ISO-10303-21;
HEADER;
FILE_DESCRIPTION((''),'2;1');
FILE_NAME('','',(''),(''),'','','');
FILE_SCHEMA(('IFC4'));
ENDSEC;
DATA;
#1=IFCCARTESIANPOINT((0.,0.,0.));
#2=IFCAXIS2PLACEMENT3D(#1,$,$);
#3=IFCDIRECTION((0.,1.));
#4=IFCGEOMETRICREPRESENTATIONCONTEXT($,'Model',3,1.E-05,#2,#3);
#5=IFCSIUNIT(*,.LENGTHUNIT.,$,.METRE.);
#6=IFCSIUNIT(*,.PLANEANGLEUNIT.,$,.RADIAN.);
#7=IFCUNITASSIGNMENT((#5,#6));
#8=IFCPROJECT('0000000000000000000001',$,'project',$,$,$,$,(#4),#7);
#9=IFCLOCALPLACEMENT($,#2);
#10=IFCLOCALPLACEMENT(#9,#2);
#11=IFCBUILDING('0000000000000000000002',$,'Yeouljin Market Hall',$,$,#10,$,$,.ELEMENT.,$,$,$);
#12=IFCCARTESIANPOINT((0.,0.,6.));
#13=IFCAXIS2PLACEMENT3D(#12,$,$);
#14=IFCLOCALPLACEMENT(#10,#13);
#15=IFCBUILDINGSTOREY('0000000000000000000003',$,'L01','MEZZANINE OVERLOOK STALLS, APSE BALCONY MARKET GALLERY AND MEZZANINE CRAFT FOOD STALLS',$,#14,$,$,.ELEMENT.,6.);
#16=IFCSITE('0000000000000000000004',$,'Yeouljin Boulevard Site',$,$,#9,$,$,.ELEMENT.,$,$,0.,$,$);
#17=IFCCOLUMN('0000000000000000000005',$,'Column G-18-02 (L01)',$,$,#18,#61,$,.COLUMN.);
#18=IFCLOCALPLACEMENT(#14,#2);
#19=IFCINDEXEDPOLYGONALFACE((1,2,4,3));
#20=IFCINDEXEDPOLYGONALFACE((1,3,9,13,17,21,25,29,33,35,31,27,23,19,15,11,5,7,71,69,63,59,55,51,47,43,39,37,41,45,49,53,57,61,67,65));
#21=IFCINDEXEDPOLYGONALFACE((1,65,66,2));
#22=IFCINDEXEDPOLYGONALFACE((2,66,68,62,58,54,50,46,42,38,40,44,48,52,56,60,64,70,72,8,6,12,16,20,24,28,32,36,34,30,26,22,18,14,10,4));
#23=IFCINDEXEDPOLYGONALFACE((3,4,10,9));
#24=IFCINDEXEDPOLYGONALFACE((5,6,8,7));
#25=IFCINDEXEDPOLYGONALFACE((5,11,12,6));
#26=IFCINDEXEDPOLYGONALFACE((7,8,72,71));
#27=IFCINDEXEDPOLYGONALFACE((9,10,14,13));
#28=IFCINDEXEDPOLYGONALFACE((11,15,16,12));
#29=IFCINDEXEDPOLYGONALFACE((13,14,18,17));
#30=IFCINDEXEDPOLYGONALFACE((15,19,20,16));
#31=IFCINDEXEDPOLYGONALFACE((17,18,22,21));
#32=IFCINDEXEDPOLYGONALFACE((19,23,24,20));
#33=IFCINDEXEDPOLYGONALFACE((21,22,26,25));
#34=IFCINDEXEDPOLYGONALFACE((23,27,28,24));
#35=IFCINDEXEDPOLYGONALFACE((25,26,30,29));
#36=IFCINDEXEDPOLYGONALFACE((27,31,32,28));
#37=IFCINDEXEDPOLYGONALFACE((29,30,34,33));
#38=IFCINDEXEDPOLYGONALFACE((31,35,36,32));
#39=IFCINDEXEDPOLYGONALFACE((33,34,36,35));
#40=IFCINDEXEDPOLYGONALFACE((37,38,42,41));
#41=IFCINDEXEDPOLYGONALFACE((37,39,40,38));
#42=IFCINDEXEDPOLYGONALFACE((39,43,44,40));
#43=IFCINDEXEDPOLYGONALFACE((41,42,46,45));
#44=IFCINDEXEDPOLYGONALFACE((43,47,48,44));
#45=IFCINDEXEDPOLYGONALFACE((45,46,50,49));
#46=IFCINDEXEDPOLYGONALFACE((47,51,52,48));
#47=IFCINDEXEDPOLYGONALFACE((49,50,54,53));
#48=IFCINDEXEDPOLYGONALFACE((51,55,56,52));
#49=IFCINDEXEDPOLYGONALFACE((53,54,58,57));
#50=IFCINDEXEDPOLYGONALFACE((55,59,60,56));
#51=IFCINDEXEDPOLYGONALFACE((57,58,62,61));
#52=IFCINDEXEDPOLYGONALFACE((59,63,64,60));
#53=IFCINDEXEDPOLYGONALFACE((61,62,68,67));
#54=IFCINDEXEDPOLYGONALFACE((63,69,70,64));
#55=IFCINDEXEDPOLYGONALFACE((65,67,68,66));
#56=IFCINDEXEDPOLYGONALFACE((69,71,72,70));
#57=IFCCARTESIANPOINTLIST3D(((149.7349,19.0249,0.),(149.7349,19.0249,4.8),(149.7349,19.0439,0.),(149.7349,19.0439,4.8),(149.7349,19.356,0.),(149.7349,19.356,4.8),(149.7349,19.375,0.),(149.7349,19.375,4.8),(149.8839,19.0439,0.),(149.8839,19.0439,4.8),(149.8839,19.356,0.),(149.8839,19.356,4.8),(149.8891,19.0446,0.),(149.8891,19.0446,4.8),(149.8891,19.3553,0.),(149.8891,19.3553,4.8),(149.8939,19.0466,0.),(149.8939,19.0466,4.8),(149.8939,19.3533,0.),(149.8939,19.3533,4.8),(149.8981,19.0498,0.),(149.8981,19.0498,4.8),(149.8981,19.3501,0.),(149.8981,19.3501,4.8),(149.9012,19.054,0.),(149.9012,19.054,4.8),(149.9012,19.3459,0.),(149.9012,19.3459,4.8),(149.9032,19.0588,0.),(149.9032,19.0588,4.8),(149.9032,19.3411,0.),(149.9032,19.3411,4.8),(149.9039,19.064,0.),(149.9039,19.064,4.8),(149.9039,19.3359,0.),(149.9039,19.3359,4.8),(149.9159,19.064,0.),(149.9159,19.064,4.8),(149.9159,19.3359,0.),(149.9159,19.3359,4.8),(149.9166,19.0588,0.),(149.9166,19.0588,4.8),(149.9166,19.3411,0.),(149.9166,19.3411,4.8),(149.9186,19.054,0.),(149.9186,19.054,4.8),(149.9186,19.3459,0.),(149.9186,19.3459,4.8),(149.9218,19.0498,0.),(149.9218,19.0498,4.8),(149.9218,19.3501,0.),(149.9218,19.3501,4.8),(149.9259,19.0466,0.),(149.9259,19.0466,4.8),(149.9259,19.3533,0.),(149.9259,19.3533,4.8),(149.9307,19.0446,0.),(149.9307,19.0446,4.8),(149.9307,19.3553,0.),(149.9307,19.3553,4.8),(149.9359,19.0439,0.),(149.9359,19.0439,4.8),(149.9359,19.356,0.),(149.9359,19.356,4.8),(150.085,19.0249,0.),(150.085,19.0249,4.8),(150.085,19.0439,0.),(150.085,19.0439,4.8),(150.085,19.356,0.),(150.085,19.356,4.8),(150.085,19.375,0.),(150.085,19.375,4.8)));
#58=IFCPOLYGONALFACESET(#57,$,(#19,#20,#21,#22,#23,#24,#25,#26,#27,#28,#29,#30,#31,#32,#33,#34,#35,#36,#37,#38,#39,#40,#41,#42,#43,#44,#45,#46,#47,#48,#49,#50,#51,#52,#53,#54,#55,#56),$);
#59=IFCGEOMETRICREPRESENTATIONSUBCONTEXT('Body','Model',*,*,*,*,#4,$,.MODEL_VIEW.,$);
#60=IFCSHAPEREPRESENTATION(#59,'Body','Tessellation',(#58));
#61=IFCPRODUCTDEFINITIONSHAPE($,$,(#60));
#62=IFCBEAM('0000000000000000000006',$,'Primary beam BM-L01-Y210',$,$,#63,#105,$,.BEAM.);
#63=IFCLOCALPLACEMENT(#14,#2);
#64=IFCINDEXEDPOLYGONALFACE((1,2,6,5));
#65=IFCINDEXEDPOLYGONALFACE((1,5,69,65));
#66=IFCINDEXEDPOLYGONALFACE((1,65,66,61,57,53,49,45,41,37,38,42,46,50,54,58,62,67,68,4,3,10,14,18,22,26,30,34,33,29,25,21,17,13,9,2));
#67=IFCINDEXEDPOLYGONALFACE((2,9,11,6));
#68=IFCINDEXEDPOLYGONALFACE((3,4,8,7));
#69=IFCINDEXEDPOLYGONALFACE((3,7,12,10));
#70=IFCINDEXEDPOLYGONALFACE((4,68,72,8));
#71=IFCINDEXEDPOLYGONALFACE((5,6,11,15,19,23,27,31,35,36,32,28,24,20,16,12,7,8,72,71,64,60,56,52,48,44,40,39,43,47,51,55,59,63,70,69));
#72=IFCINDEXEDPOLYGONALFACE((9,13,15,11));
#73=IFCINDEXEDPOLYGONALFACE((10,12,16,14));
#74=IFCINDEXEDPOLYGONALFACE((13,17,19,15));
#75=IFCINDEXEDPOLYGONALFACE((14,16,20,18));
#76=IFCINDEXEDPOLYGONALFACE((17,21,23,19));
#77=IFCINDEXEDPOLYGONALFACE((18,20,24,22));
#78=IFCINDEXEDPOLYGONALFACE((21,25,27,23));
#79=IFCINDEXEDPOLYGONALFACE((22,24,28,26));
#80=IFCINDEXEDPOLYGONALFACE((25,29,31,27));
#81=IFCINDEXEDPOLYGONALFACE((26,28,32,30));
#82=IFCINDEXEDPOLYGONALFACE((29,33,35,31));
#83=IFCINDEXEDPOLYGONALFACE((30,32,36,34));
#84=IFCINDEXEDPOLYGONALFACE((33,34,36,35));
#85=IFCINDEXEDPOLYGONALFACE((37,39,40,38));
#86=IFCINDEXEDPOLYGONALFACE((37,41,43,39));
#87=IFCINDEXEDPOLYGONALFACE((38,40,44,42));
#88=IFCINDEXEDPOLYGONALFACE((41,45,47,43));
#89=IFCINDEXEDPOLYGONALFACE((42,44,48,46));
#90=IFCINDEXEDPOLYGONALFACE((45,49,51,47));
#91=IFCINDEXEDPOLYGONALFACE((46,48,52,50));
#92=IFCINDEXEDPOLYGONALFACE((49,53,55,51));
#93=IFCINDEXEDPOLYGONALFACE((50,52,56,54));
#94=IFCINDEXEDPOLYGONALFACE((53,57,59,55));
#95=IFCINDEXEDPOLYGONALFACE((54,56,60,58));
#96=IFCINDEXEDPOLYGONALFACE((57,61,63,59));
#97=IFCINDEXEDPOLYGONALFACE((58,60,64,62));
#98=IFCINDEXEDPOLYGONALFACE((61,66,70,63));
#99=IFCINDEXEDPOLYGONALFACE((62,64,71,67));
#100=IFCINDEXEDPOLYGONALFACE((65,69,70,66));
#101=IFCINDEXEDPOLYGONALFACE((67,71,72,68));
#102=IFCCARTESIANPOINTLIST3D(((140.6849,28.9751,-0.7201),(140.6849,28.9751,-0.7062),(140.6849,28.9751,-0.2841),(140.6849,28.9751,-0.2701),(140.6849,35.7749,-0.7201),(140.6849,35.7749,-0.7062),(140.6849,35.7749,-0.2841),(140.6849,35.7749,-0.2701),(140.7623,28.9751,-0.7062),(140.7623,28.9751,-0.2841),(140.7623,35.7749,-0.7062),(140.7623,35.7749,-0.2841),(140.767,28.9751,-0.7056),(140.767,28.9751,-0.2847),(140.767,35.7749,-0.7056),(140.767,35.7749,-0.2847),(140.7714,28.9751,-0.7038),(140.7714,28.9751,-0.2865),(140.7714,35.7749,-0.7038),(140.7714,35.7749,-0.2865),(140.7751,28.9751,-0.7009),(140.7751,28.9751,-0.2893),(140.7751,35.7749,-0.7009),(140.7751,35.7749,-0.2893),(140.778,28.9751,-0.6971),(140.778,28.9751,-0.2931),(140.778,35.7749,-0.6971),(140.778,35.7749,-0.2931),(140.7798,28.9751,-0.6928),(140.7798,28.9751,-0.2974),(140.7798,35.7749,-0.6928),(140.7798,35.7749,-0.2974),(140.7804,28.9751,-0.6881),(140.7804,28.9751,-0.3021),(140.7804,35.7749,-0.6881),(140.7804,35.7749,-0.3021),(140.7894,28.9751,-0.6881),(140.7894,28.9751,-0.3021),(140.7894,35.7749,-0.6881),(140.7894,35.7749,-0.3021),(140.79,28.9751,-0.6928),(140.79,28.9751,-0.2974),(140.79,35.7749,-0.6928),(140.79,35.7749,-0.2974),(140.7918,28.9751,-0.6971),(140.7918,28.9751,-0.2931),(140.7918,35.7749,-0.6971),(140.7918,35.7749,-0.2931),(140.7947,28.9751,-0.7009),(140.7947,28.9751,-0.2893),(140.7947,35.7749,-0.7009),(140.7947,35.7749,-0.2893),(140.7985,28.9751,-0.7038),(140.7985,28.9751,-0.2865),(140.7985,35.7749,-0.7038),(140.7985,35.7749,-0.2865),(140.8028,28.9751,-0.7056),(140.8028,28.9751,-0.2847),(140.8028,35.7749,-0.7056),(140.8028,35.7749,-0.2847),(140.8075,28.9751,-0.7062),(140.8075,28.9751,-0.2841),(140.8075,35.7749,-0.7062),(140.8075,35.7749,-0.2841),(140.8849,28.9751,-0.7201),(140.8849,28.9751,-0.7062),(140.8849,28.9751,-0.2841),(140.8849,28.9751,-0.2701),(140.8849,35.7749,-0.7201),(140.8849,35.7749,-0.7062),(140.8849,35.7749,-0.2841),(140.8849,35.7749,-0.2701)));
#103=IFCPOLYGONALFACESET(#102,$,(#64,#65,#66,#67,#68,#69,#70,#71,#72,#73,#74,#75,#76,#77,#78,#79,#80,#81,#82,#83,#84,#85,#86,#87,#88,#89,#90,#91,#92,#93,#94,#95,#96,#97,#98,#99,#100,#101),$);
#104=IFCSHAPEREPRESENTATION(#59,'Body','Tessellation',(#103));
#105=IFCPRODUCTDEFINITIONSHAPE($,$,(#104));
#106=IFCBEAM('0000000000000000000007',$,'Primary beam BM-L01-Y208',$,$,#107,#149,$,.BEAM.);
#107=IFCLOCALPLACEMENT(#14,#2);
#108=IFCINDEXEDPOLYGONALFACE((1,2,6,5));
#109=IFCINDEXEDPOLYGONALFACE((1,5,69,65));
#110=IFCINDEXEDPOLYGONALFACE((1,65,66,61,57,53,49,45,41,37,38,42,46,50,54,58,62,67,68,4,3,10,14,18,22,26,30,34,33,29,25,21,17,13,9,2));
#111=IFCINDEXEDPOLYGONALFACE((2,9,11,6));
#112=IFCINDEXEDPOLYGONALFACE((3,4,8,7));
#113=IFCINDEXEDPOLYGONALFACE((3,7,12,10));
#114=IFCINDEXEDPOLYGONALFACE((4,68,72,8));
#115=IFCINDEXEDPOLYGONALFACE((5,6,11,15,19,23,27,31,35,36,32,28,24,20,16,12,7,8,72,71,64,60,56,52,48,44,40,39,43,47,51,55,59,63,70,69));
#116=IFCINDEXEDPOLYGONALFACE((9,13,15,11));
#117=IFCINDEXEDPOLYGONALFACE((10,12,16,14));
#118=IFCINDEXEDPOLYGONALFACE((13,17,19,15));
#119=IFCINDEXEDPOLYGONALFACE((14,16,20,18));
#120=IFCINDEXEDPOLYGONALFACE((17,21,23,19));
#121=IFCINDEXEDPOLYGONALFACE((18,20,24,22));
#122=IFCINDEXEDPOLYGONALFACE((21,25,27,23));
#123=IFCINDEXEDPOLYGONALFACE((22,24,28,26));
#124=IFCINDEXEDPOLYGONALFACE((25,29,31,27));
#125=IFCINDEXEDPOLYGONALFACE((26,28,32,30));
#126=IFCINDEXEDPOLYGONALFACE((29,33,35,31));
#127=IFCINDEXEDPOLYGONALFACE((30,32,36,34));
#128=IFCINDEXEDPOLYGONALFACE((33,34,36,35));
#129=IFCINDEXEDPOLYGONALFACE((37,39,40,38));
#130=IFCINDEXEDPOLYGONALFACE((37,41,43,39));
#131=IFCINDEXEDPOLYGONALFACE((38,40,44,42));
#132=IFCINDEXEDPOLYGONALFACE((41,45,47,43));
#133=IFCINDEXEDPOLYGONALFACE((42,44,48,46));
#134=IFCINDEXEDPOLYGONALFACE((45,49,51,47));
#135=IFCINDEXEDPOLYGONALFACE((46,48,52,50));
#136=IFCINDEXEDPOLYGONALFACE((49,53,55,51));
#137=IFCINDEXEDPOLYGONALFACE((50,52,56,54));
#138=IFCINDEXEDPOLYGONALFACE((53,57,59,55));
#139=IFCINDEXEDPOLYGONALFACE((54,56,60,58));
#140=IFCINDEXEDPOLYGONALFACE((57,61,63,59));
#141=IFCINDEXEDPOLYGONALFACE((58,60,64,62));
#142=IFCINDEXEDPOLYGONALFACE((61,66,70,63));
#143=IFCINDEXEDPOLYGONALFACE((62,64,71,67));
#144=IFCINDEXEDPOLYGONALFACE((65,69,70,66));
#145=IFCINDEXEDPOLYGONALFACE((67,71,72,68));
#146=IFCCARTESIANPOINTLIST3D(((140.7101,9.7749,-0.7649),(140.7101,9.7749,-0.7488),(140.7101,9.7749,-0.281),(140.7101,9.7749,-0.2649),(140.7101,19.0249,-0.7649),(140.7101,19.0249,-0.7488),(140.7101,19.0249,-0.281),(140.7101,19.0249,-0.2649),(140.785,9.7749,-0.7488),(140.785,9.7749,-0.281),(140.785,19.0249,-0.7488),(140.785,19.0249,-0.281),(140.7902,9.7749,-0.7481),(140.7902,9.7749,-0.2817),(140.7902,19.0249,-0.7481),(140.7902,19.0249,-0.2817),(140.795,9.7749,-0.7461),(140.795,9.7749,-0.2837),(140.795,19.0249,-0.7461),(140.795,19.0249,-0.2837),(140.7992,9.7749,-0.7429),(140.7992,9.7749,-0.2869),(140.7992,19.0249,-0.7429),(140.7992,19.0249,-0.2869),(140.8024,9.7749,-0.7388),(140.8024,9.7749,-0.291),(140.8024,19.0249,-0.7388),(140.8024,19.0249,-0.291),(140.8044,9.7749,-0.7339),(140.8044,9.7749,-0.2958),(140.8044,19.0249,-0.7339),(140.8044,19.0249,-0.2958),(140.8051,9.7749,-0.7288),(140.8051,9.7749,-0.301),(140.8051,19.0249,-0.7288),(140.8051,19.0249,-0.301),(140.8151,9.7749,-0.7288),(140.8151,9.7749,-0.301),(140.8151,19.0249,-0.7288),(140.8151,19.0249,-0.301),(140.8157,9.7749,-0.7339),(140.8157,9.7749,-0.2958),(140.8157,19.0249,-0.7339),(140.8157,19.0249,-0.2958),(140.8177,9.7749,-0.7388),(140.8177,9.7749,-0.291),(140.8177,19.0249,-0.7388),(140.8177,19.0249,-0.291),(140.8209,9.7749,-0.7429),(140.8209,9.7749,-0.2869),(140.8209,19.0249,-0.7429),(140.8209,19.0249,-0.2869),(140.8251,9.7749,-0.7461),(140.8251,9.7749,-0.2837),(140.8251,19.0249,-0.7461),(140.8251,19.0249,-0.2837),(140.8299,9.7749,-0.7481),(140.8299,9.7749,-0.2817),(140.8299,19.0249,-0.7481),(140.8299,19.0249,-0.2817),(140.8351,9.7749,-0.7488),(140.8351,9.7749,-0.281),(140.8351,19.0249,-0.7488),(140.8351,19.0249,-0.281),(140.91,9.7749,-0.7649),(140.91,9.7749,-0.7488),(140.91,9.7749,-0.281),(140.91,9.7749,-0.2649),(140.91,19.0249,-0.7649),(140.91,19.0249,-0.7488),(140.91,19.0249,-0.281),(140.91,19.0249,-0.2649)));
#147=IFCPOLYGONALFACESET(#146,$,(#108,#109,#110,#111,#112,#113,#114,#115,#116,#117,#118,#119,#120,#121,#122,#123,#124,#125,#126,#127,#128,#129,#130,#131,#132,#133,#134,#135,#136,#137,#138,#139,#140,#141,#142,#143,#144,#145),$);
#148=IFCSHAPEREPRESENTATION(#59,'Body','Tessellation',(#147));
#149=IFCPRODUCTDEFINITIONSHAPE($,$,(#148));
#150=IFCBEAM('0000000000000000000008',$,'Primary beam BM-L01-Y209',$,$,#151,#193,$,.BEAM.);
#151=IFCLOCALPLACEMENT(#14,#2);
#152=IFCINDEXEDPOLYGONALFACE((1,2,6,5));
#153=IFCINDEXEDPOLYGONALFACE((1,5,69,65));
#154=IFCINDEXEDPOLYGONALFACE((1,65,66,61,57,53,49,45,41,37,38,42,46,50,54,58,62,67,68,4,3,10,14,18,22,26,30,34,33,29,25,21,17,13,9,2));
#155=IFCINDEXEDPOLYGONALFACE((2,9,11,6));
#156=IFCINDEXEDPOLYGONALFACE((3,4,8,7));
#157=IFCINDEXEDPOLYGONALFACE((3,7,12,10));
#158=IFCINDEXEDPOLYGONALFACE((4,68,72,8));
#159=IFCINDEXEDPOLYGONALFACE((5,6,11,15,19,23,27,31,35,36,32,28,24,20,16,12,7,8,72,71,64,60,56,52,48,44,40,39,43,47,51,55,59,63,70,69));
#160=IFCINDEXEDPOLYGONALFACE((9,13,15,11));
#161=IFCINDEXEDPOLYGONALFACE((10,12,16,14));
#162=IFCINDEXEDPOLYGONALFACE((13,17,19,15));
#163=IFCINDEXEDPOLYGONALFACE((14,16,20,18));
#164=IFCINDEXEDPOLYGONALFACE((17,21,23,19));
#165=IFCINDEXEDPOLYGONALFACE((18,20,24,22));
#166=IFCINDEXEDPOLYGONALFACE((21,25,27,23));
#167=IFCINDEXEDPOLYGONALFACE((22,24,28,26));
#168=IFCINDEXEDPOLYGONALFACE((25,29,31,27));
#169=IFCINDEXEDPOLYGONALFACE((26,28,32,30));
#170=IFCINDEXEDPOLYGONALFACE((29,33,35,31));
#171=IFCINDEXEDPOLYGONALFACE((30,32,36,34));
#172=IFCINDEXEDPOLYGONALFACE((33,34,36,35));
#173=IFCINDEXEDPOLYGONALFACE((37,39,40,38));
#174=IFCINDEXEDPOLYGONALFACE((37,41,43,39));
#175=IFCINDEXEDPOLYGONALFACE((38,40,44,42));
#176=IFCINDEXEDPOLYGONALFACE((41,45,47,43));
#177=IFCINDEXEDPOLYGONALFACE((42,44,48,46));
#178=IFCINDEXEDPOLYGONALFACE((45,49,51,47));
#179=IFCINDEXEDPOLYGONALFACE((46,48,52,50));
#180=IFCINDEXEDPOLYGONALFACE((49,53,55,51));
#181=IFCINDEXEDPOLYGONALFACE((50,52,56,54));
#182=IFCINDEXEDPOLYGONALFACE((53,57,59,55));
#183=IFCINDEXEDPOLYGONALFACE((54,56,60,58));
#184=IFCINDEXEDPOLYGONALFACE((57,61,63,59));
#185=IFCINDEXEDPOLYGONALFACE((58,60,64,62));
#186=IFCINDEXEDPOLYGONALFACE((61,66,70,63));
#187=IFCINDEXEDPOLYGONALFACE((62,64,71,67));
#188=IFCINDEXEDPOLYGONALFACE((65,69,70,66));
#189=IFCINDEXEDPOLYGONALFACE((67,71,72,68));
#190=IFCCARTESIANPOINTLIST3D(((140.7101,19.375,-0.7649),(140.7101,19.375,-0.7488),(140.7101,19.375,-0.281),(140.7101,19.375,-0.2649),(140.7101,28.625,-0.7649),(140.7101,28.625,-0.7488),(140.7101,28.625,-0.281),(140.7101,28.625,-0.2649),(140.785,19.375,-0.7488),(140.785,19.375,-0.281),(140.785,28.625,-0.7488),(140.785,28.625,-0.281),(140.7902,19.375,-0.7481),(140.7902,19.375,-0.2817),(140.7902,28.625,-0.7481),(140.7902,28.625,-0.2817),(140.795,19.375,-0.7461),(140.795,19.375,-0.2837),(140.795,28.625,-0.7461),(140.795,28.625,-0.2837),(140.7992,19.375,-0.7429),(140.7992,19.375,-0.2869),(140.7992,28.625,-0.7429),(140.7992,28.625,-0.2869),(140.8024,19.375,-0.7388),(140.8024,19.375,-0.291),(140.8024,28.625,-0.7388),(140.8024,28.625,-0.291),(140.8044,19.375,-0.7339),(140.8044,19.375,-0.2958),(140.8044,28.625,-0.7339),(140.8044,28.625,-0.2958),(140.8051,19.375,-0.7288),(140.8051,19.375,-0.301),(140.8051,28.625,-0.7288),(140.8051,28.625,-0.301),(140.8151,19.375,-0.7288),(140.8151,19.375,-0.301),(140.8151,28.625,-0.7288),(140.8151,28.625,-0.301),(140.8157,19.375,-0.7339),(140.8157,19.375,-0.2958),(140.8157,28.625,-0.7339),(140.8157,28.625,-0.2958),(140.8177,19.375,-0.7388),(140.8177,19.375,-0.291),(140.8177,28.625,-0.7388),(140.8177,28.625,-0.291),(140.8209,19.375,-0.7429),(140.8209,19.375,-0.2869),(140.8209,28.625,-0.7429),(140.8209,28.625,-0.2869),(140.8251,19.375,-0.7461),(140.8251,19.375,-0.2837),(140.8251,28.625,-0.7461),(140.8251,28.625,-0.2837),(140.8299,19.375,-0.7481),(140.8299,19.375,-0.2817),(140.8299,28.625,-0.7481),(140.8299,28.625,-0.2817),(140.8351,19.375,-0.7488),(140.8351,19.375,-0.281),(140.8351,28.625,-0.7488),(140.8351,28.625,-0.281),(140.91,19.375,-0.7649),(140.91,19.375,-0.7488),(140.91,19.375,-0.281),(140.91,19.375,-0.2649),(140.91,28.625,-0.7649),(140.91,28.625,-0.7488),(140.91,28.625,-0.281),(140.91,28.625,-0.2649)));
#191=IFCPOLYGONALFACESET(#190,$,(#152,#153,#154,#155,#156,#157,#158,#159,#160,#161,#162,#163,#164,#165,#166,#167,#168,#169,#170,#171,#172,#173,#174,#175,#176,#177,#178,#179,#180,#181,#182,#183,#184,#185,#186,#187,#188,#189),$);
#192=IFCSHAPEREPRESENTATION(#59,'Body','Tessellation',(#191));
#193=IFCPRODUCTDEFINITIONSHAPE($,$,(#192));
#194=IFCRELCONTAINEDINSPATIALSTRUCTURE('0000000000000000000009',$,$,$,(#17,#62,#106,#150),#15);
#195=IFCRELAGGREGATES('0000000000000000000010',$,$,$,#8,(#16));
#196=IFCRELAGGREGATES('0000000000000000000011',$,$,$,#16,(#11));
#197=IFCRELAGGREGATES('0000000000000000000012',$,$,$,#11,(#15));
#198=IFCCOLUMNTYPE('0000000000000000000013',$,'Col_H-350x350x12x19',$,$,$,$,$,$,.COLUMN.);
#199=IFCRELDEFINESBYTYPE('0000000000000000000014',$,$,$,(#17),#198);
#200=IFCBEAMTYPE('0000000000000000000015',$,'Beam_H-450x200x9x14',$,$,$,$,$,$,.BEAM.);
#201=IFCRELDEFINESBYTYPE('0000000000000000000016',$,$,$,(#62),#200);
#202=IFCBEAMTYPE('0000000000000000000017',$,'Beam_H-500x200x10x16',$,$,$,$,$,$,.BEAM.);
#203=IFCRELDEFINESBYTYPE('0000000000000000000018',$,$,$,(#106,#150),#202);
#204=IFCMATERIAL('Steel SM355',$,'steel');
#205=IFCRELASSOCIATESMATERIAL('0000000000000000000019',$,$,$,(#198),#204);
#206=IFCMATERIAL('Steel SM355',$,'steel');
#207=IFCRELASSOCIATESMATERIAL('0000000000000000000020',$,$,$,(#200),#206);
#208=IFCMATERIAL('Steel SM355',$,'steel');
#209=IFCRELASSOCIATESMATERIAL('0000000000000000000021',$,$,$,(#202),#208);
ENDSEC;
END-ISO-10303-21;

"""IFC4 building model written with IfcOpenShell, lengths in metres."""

from ifc_helpers import new_model, si_unit, direction, frame, origin, origin_2d, place, context, subcontext, project, spatial, i_section, extrude, material, material_profile, profile_set, type_object, element, save


model = new_model("IFC4")

# Units and contexts
model_context = context("Model", 3, precision=1e-05, world=origin(), true_north=direction((0.0, 1.0)))
body_context = subcontext(model_context, "Body", "Model", "MODEL_VIEW")
ifc_project = project(units=[si_unit("LENGTHUNIT", "METRE"), si_unit("PLANEANGLEUNIT", "RADIAN")], contexts=[model_context])

# Site, building, storey
site_placement = place(None, origin())
site = spatial("IfcSite", under=ifc_project, at=site_placement, Name="Yeouljin Boulevard Site", CompositionType="ELEMENT", RefElevation=0.0)
building_placement = place(site_placement, origin())
building = spatial("IfcBuilding", under=site, at=building_placement, Name="Yeouljin Market Hall", CompositionType="ELEMENT")
storey_placement = place(building_placement, frame((0.0, 0.0, 6.0)))
storey = spatial("IfcBuildingStorey", under=building, at=storey_placement, Name="L01", Description="MEZZANINE OVERLOOK STALLS, APSE BALCONY MARKET GALLERY AND MEZZANINE CRAFT FOOD STALLS", CompositionType="ELEMENT", Elevation=6.0)

# Column
ifc_material_1 = material(Name="Steel SM355", Category="steel")
ifc_material_profile_1 = material_profile(ifc_material_1, i_section(OverallWidth=0.3501, OverallDepth=0.3501, WebThickness=0.012, FlangeThickness=0.019, FilletRadius=0.02, at=origin_2d()), Name="H-350x350x12x19")
ifc_profile_set_1 = profile_set([ifc_material_profile_1], Name="Steel SM355")
column_type = type_object("IfcColumnType", Name="Col_H-350x350x12x19", PredefinedType="COLUMN", material=ifc_profile_set_1)
for number, where, z_axis, x_axis, name in (
    (1, (149.9099, 19.2, 0.0), (0.0, 0.0, 1.0), (1.0, 0.0, 0.0), "Column G-18-02 (L01)"),
):
    element("IfcColumn", number, at=place(storey_placement, frame(where, z_axis=z_axis, x_axis=x_axis)), inside=storey, type_object=column_type, Name=name, PredefinedType="COLUMN", context=body_context, shape_type="SweptSolid", body=[
        extrude(i_section(OverallWidth=0.3501, OverallDepth=0.3501, WebThickness=0.012, FlangeThickness=0.019, FilletRadius=0.02, at=origin_2d()), origin(), (0.0, 0.0, 1.0), 4.8),
    ])

# Beams
ifc_material_2 = material(Name="Steel SM355", Category="steel")
ifc_material_profile_2 = material_profile(ifc_material_2, i_section(OverallWidth=0.2, OverallDepth=0.45, WebThickness=0.009, FlangeThickness=0.0139, FilletRadius=0.0181, at=origin_2d()), Name="H-450x200x9x14")
ifc_profile_set_2 = profile_set([ifc_material_profile_2], Name="Steel SM355")
beam_type_1 = type_object("IfcBeamType", Name="Beam_H-450x200x9x14", PredefinedType="BEAM", material=ifc_profile_set_2)
beam_1_placement = place(storey_placement, frame((140.7849, 28.9751, -0.4951), z_axis=(0.0, 1.0, 0.0), x_axis=(-1.0, 0.0, 0.0)))
element("IfcBeam", 2, at=beam_1_placement, inside=storey, type_object=beam_type_1, Name="Primary beam BM-L01-Y210", PredefinedType="BEAM", context=body_context, shape_type="SweptSolid", body=[
    extrude(i_section(OverallWidth=0.2, OverallDepth=0.45, WebThickness=0.009, FlangeThickness=0.0139, FilletRadius=0.0181, at=origin_2d()), origin(), (0.0, 0.0, 1.0), 6.7998),
])
ifc_material_3 = material(Name="Steel SM355", Category="steel")
ifc_material_profile_3 = material_profile(ifc_material_3, i_section(OverallWidth=0.2, OverallDepth=0.5, WebThickness=0.01, FlangeThickness=0.0161, FilletRadius=0.02, at=origin_2d()), Name="H-500x200x10x16")
ifc_profile_set_3 = profile_set([ifc_material_profile_3], Name="Steel SM355")
beam_type_2 = type_object("IfcBeamType", Name="Beam_H-500x200x10x16", PredefinedType="BEAM", material=ifc_profile_set_3)
for number, where, z_axis, x_axis, name in (
    (3, (140.8101, 9.7749, -0.5149), (0.0, 1.0, 0.0), (-1.0, 0.0, 0.0), "Primary beam BM-L01-Y208"),
    (4, (140.8101, 19.375, -0.5149), (0.0, 1.0, 0.0), (-1.0, 0.0, 0.0), "Primary beam BM-L01-Y209"),
):
    element("IfcBeam", number, at=place(storey_placement, frame(where, z_axis=z_axis, x_axis=x_axis)), inside=storey, type_object=beam_type_2, Name=name, PredefinedType="BEAM", context=body_context, shape_type="SweptSolid", body=[
        extrude(i_section(OverallWidth=0.2, OverallDepth=0.5, WebThickness=0.01, FlangeThickness=0.0161, FilletRadius=0.02, at=origin_2d()), origin(), (0.0, 0.0, 1.0), 9.25),
    ])

save(model, "model.ifc")
